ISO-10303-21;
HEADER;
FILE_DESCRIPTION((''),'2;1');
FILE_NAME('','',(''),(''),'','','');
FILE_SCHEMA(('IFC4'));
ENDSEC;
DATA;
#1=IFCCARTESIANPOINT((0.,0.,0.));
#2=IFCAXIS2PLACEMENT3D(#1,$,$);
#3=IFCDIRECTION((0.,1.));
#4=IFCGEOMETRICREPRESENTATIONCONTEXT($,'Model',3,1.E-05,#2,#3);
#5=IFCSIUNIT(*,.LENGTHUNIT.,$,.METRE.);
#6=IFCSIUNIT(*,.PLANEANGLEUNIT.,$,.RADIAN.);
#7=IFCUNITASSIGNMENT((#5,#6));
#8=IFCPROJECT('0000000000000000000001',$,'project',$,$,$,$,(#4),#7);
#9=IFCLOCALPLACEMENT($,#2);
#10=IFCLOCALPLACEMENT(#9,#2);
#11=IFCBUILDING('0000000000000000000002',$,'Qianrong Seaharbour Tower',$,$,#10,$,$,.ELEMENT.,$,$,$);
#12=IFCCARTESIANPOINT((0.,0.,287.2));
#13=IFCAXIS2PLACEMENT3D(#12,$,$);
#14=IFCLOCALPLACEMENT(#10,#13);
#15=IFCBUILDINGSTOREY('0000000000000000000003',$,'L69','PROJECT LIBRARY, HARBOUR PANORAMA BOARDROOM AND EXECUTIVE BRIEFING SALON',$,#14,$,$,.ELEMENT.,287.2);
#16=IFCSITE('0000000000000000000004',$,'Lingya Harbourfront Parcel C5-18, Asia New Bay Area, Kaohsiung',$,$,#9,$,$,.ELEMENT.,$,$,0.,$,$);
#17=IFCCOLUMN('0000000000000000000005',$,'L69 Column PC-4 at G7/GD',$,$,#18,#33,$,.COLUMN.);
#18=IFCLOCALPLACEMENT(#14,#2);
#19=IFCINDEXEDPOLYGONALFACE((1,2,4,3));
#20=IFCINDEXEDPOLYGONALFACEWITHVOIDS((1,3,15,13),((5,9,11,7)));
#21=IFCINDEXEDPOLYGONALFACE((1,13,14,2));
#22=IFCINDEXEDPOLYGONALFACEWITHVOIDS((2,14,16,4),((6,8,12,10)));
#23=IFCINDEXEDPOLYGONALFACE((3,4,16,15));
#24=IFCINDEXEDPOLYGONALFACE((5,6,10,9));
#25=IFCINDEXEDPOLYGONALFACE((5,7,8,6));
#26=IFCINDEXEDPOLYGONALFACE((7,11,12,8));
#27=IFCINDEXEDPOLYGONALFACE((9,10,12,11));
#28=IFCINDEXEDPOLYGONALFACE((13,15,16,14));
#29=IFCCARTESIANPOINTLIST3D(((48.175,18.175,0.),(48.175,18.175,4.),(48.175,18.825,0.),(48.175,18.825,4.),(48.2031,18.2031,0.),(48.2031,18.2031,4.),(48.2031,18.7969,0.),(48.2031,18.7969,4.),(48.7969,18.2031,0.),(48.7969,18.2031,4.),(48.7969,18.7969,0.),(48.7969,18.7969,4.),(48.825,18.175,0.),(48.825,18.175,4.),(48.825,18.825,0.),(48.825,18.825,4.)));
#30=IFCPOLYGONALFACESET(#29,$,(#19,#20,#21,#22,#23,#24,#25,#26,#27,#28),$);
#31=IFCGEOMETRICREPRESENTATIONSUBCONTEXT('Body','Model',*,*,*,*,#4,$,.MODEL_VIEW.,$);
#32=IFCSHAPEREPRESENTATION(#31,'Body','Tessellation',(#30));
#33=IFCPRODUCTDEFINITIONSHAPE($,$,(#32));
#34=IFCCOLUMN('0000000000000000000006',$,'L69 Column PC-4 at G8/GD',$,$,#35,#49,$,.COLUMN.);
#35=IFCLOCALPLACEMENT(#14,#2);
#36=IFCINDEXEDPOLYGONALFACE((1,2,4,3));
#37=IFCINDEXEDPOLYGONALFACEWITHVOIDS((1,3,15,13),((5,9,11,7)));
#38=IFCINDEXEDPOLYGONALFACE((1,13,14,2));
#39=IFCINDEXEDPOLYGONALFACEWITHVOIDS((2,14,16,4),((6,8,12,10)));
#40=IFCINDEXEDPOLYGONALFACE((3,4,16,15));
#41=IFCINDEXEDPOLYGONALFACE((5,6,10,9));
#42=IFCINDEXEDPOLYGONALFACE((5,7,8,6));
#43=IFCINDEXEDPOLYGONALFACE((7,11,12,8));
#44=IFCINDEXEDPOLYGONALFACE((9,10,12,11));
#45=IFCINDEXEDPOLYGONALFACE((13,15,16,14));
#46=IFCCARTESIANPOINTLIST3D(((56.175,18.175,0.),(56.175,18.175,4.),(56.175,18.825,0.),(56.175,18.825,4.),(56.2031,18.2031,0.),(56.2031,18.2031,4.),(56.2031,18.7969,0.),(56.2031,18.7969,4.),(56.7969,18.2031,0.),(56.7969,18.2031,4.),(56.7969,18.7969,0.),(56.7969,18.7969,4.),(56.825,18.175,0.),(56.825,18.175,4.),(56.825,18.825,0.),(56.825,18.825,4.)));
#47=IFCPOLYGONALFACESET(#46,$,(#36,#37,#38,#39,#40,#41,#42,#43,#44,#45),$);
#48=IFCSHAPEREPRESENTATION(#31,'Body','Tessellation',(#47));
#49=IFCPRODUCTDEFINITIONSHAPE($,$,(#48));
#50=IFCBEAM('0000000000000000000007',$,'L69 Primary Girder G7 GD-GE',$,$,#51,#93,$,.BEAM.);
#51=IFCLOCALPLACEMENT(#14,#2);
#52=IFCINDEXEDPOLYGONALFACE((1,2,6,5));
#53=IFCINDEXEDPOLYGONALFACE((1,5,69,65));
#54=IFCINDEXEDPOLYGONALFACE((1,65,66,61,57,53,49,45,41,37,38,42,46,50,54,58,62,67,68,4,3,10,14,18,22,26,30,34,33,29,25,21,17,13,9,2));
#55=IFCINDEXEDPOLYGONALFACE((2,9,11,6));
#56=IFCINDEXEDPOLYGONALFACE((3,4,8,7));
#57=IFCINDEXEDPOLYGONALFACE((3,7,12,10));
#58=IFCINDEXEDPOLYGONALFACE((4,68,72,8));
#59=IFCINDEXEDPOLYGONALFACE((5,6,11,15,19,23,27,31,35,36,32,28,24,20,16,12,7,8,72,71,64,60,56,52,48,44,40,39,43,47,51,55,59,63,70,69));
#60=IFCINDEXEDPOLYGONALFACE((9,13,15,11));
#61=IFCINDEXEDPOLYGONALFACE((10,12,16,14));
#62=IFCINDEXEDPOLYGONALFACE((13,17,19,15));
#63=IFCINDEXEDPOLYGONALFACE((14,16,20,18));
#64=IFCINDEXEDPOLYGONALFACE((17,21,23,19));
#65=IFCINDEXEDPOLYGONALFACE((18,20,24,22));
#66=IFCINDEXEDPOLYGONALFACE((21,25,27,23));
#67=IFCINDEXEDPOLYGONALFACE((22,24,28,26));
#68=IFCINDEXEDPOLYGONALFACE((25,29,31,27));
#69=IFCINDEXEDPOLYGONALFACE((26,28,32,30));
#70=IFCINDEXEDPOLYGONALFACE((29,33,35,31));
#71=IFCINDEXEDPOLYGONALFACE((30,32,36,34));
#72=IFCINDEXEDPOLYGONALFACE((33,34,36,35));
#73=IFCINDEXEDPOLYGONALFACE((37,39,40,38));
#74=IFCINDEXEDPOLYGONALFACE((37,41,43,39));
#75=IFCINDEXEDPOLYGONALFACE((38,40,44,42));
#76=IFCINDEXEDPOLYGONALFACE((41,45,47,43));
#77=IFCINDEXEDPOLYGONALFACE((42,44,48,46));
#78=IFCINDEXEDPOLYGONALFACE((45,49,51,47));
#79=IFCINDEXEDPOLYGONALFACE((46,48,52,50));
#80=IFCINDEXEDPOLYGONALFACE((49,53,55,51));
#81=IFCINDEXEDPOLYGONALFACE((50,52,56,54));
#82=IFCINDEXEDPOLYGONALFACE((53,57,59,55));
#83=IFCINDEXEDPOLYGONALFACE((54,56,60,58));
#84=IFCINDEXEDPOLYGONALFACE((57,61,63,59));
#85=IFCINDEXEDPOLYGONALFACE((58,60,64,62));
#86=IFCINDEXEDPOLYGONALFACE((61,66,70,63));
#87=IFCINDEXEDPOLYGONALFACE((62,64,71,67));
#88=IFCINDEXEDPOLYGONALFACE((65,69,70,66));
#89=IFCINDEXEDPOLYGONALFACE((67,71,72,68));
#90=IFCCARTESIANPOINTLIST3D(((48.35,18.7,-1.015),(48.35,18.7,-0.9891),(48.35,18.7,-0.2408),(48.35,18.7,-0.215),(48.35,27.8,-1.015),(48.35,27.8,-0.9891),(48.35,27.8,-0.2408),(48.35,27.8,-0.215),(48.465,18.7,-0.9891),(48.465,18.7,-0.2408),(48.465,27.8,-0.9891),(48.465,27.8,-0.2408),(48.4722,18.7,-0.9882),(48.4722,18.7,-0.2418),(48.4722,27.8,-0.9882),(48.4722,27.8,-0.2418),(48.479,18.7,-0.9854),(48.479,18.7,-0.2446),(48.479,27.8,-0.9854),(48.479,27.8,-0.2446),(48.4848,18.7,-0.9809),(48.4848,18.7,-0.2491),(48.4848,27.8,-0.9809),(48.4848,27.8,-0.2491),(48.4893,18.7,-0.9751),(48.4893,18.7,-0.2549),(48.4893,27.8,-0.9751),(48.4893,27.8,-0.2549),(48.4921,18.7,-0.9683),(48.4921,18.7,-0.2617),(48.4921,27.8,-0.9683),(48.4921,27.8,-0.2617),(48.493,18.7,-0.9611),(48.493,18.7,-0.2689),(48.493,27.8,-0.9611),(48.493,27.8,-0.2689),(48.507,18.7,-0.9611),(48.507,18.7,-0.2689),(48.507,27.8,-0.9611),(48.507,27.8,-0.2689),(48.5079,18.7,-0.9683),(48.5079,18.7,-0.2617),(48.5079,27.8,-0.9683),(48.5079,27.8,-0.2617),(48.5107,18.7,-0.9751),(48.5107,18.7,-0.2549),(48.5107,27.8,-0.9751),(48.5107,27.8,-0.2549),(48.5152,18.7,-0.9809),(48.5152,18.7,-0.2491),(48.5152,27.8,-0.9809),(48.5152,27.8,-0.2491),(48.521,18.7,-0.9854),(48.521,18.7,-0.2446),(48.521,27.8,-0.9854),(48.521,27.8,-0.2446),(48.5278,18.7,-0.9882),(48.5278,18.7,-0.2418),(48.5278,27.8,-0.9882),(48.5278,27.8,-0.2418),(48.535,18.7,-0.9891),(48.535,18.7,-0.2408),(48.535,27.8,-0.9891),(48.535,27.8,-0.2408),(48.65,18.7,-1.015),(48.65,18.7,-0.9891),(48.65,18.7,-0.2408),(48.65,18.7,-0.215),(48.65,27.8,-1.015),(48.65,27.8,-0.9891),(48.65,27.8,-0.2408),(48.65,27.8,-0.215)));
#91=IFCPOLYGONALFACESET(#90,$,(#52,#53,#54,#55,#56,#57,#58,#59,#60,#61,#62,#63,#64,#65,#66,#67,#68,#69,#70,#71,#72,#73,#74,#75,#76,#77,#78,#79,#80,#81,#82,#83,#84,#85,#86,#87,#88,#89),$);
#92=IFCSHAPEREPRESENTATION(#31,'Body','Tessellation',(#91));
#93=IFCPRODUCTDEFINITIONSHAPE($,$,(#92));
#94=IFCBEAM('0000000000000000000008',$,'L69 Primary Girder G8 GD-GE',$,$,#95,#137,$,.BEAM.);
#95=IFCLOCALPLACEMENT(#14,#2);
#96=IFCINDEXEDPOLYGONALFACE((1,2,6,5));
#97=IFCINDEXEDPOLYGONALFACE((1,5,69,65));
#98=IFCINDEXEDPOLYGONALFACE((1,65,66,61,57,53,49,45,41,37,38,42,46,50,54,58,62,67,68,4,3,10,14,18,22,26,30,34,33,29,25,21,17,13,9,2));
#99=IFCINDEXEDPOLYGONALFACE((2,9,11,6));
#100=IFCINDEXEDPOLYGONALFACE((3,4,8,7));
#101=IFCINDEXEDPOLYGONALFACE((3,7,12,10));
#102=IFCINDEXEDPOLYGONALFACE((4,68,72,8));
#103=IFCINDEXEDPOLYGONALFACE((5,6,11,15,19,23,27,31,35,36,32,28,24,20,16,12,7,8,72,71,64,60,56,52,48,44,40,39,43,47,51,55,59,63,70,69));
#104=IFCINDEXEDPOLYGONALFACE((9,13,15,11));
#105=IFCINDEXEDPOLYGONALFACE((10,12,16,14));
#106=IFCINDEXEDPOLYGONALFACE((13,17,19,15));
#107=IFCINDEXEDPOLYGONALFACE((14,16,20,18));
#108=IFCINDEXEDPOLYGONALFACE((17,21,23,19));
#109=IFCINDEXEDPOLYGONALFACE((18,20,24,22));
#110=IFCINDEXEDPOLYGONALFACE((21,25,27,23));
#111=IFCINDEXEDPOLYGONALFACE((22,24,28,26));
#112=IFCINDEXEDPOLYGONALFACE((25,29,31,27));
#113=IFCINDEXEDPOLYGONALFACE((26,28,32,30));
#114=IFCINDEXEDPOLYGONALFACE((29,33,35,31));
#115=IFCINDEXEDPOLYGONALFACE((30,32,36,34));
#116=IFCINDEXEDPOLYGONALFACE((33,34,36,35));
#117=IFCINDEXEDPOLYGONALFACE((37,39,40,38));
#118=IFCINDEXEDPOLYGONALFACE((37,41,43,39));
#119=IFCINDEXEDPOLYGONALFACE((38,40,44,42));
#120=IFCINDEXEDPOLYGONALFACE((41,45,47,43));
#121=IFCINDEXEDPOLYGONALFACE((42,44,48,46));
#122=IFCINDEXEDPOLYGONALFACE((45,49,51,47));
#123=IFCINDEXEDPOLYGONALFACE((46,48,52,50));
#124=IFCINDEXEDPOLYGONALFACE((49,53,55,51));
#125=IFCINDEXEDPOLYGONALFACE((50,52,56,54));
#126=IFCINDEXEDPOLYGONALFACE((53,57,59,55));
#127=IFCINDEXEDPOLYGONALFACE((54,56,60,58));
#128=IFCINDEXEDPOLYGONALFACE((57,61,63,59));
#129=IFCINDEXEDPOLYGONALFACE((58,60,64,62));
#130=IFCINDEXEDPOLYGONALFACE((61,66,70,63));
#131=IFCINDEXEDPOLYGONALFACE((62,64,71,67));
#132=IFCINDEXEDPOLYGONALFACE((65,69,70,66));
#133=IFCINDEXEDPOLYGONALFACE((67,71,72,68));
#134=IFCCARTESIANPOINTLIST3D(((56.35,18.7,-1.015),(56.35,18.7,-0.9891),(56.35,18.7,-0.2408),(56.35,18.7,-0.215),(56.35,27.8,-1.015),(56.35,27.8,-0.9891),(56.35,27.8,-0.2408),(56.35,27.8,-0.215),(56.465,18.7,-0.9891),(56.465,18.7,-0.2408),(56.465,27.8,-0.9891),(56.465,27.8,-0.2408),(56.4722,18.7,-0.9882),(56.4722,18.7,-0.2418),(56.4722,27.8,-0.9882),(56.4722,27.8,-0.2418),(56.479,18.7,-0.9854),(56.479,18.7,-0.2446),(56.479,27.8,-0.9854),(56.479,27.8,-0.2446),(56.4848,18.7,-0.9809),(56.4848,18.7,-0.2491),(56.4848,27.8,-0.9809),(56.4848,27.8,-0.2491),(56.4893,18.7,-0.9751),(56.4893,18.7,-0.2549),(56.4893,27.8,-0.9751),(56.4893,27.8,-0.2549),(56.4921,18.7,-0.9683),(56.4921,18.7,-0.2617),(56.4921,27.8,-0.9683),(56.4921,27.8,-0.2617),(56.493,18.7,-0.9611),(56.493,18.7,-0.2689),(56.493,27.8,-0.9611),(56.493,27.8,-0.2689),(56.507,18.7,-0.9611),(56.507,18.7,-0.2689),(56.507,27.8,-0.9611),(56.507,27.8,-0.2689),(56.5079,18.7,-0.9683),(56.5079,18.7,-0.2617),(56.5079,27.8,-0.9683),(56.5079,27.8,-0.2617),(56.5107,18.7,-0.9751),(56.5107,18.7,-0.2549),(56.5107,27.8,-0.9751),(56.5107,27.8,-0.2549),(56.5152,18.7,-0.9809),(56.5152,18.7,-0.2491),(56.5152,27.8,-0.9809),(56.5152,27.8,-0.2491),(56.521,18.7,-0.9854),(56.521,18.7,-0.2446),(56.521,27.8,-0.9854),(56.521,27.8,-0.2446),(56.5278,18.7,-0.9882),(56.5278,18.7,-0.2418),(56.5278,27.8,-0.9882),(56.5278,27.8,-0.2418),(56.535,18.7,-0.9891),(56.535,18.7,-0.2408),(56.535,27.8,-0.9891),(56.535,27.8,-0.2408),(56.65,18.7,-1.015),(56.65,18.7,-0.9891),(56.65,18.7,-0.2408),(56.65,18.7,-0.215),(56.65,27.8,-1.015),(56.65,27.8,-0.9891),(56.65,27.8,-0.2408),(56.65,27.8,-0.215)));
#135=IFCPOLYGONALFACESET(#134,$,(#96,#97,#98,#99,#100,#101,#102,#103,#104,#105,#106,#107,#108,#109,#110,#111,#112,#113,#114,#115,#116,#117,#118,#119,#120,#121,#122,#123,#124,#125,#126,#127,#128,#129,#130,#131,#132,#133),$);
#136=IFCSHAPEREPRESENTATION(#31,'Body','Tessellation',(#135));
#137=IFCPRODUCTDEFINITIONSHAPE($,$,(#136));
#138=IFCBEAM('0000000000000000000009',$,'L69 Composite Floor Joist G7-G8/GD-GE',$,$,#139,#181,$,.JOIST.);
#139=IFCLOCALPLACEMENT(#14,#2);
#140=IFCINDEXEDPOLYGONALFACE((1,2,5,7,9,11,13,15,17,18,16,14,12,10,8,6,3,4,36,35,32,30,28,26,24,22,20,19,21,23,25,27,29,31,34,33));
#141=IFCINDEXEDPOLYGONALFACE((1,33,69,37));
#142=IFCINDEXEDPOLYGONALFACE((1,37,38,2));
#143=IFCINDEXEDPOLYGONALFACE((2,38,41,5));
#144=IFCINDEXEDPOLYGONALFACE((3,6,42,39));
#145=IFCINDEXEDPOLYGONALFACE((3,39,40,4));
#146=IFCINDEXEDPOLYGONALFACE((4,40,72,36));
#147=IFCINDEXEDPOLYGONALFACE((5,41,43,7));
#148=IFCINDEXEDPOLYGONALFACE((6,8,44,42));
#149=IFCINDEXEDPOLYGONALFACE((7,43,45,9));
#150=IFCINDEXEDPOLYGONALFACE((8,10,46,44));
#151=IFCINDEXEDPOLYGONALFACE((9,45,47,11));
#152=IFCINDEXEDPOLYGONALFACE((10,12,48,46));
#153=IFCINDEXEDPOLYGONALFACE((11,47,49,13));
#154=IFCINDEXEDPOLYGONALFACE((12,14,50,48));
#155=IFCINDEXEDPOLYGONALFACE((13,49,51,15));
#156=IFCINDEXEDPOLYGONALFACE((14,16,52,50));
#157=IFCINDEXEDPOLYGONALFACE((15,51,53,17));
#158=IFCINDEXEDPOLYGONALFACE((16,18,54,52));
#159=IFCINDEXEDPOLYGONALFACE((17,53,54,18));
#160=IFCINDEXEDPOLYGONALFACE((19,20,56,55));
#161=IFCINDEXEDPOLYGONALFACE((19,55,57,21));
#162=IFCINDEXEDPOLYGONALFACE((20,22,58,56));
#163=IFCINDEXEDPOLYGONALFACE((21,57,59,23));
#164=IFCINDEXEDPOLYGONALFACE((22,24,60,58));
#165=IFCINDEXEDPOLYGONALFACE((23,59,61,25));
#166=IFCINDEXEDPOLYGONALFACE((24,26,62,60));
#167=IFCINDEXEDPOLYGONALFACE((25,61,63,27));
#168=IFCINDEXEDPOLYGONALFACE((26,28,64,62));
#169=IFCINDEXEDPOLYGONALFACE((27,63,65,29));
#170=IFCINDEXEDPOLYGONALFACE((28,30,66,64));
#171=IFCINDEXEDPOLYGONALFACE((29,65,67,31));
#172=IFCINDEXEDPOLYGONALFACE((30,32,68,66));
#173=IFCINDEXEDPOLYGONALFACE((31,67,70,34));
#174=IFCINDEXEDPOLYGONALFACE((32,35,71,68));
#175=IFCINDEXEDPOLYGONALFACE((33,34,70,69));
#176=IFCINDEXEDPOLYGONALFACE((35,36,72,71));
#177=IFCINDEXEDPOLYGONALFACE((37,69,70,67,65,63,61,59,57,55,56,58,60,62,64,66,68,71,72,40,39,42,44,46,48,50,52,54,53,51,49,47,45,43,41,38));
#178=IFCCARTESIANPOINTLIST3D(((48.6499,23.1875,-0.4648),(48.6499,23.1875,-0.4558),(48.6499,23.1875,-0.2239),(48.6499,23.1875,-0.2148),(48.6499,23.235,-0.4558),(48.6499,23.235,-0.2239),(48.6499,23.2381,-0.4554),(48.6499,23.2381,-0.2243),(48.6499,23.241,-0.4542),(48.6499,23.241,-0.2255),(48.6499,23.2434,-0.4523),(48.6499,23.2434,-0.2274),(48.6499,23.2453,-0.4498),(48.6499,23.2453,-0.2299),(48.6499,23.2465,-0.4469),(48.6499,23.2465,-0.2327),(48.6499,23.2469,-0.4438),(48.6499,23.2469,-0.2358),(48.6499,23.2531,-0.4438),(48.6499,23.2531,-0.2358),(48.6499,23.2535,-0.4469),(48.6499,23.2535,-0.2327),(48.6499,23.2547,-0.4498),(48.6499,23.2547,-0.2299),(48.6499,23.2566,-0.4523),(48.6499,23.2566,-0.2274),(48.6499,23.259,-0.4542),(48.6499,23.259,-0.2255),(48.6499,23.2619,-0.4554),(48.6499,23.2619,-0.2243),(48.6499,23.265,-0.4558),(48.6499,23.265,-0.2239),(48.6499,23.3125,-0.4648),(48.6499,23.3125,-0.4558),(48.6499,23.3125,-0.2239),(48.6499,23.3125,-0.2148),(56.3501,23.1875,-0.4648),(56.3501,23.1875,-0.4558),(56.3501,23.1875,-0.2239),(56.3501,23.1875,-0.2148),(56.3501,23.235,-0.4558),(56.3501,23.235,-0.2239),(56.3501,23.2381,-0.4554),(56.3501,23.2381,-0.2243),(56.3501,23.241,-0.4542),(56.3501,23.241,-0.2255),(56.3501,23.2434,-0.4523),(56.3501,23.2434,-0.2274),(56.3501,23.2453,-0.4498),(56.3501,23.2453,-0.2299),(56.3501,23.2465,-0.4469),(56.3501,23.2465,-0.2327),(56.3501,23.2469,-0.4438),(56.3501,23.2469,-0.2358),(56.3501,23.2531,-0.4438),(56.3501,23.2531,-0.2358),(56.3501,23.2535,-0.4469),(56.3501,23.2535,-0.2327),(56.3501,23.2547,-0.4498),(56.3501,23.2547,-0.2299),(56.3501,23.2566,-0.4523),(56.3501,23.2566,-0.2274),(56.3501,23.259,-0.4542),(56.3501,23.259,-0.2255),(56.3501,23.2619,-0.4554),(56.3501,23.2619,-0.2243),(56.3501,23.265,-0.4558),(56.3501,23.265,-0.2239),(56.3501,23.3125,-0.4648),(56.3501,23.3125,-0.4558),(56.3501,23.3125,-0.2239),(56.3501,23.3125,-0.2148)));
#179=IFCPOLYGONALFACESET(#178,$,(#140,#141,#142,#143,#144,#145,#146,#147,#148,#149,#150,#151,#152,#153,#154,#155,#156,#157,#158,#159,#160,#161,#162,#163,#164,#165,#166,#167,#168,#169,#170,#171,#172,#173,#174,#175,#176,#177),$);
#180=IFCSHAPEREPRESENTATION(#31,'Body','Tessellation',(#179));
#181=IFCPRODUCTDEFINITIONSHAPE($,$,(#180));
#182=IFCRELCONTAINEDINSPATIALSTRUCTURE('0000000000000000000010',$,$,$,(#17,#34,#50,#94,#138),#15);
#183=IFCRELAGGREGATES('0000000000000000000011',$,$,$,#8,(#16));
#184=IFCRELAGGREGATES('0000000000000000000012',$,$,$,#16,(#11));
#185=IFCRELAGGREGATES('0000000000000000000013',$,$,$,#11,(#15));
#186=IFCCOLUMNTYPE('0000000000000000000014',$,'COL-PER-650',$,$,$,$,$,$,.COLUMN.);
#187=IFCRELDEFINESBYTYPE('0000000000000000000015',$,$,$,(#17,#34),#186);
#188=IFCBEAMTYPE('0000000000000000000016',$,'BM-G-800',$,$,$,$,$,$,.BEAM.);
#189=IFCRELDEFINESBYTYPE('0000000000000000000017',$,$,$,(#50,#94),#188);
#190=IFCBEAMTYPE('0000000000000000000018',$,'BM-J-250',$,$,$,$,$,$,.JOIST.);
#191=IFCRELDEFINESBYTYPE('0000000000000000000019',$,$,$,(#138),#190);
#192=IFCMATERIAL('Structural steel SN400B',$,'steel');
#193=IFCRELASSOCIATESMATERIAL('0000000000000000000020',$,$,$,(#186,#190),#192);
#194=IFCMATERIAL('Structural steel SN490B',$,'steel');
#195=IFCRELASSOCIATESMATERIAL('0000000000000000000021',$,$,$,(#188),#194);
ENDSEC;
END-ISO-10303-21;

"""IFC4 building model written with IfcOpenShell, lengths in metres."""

from ifc_helpers import new_model, si_unit, direction, frame, origin, origin_2d, place, context, subcontext, project, spatial, hollow_rectangle, i_section, extrude, material, material_profile, profile_set, type_object, element, save


model = new_model("IFC4")

# Units and contexts
model_context = context("Model", 3, precision=1e-05, world=origin(), true_north=direction((0.0, 1.0)))
body_context = subcontext(model_context, "Body", "Model", "MODEL_VIEW")
ifc_project = project(units=[si_unit("LENGTHUNIT", "METRE"), si_unit("PLANEANGLEUNIT", "RADIAN")], contexts=[model_context])

# Site, building, storey
site_placement = place(None, origin())
site = spatial("IfcSite", under=ifc_project, at=site_placement, Name="Lingya Harbourfront Parcel C5-18, Asia New Bay Area, Kaohsiung", CompositionType="ELEMENT", RefElevation=0.0)
building_placement = place(site_placement, origin())
building = spatial("IfcBuilding", under=site, at=building_placement, Name="Qianrong Seaharbour Tower", CompositionType="ELEMENT")
storey_placement = place(building_placement, frame((0.0, 0.0, 287.2)))
storey = spatial("IfcBuildingStorey", under=building, at=storey_placement, Name="L69", Description="PROJECT LIBRARY, HARBOUR PANORAMA BOARDROOM AND EXECUTIVE BRIEFING SALON", CompositionType="ELEMENT", Elevation=287.2)

# Columns
ifc_material_1 = material(Name="Structural steel SN400B", Category="steel")
ifc_material_profile_1 = material_profile(ifc_material_1, hollow_rectangle(XDim=0.6499, YDim=0.6499, WallThickness=0.0281, at=origin_2d()), Name="BOX650x650x28")
ifc_profile_set_1 = profile_set([ifc_material_profile_1], Name="Structural steel SN400B")
column_type = type_object("IfcColumnType", Name="COL-PER-650", PredefinedType="COLUMN", material=ifc_profile_set_1)
for number, where, z_axis, x_axis, name in (
    (1, (48.5, 18.5, 0.0), (0.0, 0.0, 1.0), (1.0, 0.0, 0.0), "L69 Column PC-4 at G7/GD"),
    (2, (56.5, 18.5, 0.0), (0.0, 0.0, 1.0), (1.0, 0.0, 0.0), "L69 Column PC-4 at G8/GD"),
):
    element("IfcColumn", number, at=place(storey_placement, frame(where, z_axis=z_axis, x_axis=x_axis)), inside=storey, type_object=column_type, Name=name, PredefinedType="COLUMN", context=body_context, shape_type="SweptSolid", body=[
        extrude(hollow_rectangle(XDim=0.6499, YDim=0.6499, WallThickness=0.0281, at=origin_2d()), origin(), (0.0, 0.0, 1.0), 4.0),
    ])

# Beams
ifc_material_2 = material(Name="Structural steel SN490B", Category="steel")
ifc_material_profile_2 = material_profile(ifc_material_2, i_section(OverallWidth=0.3, OverallDepth=0.8, WebThickness=0.0139, FlangeThickness=0.0259, FilletRadius=0.0281, at=origin_2d()), Name="H800x300x14x26")
ifc_profile_set_2 = profile_set([ifc_material_profile_2], Name="Structural steel SN490B")
beam_type_1 = type_object("IfcBeamType", Name="BM-G-800", PredefinedType="BEAM", material=ifc_profile_set_2)
for number, where, z_axis, x_axis, name in (
    (3, (48.5, 18.7, -0.615), (0.0, 1.0, 0.0), (-1.0, 0.0, 0.0), "L69 Primary Girder G7 GD-GE"),
    (4, (56.5, 18.7, -0.615), (0.0, 1.0, 0.0), (-1.0, 0.0, 0.0), "L69 Primary Girder G8 GD-GE"),
):
    element("IfcBeam", number, at=place(storey_placement, frame(where, z_axis=z_axis, x_axis=x_axis)), inside=storey, type_object=beam_type_1, Name=name, PredefinedType="BEAM", context=body_context, shape_type="SweptSolid", body=[
        extrude(i_section(OverallWidth=0.3, OverallDepth=0.8, WebThickness=0.0139, FlangeThickness=0.0259, FilletRadius=0.0281, at=origin_2d()), origin(), (0.0, 0.0, 1.0), 9.1001),
    ])
ifc_material_profile_3 = material_profile(ifc_material_1, i_section(OverallWidth=0.125, OverallDepth=0.25, WebThickness=0.0061, FlangeThickness=0.009, FilletRadius=0.012, at=origin_2d()), Name="H250x125x6x9")
ifc_profile_set_3 = profile_set([ifc_material_profile_3], Name="Structural steel SN400B")
beam_type_2 = type_object("IfcBeamType", Name="BM-J-250", PredefinedType="JOIST", material=ifc_profile_set_3)
beam_1_placement = place(storey_placement, frame((48.6499, 23.25, -0.3398), z_axis=(1.0, 0.0, 0.0), x_axis=(0.0, 1.0, 0.0)))
element("IfcBeam", 5, at=beam_1_placement, inside=storey, type_object=beam_type_2, Name="L69 Composite Floor Joist G7-G8/GD-GE", PredefinedType="JOIST", context=body_context, shape_type="SweptSolid", body=[
    extrude(i_section(OverallWidth=0.125, OverallDepth=0.25, WebThickness=0.0061, FlangeThickness=0.009, FilletRadius=0.012, at=origin_2d()), origin(), (0.0, 0.0, 1.0), 7.7002),
])

save(model, "model.ifc")
